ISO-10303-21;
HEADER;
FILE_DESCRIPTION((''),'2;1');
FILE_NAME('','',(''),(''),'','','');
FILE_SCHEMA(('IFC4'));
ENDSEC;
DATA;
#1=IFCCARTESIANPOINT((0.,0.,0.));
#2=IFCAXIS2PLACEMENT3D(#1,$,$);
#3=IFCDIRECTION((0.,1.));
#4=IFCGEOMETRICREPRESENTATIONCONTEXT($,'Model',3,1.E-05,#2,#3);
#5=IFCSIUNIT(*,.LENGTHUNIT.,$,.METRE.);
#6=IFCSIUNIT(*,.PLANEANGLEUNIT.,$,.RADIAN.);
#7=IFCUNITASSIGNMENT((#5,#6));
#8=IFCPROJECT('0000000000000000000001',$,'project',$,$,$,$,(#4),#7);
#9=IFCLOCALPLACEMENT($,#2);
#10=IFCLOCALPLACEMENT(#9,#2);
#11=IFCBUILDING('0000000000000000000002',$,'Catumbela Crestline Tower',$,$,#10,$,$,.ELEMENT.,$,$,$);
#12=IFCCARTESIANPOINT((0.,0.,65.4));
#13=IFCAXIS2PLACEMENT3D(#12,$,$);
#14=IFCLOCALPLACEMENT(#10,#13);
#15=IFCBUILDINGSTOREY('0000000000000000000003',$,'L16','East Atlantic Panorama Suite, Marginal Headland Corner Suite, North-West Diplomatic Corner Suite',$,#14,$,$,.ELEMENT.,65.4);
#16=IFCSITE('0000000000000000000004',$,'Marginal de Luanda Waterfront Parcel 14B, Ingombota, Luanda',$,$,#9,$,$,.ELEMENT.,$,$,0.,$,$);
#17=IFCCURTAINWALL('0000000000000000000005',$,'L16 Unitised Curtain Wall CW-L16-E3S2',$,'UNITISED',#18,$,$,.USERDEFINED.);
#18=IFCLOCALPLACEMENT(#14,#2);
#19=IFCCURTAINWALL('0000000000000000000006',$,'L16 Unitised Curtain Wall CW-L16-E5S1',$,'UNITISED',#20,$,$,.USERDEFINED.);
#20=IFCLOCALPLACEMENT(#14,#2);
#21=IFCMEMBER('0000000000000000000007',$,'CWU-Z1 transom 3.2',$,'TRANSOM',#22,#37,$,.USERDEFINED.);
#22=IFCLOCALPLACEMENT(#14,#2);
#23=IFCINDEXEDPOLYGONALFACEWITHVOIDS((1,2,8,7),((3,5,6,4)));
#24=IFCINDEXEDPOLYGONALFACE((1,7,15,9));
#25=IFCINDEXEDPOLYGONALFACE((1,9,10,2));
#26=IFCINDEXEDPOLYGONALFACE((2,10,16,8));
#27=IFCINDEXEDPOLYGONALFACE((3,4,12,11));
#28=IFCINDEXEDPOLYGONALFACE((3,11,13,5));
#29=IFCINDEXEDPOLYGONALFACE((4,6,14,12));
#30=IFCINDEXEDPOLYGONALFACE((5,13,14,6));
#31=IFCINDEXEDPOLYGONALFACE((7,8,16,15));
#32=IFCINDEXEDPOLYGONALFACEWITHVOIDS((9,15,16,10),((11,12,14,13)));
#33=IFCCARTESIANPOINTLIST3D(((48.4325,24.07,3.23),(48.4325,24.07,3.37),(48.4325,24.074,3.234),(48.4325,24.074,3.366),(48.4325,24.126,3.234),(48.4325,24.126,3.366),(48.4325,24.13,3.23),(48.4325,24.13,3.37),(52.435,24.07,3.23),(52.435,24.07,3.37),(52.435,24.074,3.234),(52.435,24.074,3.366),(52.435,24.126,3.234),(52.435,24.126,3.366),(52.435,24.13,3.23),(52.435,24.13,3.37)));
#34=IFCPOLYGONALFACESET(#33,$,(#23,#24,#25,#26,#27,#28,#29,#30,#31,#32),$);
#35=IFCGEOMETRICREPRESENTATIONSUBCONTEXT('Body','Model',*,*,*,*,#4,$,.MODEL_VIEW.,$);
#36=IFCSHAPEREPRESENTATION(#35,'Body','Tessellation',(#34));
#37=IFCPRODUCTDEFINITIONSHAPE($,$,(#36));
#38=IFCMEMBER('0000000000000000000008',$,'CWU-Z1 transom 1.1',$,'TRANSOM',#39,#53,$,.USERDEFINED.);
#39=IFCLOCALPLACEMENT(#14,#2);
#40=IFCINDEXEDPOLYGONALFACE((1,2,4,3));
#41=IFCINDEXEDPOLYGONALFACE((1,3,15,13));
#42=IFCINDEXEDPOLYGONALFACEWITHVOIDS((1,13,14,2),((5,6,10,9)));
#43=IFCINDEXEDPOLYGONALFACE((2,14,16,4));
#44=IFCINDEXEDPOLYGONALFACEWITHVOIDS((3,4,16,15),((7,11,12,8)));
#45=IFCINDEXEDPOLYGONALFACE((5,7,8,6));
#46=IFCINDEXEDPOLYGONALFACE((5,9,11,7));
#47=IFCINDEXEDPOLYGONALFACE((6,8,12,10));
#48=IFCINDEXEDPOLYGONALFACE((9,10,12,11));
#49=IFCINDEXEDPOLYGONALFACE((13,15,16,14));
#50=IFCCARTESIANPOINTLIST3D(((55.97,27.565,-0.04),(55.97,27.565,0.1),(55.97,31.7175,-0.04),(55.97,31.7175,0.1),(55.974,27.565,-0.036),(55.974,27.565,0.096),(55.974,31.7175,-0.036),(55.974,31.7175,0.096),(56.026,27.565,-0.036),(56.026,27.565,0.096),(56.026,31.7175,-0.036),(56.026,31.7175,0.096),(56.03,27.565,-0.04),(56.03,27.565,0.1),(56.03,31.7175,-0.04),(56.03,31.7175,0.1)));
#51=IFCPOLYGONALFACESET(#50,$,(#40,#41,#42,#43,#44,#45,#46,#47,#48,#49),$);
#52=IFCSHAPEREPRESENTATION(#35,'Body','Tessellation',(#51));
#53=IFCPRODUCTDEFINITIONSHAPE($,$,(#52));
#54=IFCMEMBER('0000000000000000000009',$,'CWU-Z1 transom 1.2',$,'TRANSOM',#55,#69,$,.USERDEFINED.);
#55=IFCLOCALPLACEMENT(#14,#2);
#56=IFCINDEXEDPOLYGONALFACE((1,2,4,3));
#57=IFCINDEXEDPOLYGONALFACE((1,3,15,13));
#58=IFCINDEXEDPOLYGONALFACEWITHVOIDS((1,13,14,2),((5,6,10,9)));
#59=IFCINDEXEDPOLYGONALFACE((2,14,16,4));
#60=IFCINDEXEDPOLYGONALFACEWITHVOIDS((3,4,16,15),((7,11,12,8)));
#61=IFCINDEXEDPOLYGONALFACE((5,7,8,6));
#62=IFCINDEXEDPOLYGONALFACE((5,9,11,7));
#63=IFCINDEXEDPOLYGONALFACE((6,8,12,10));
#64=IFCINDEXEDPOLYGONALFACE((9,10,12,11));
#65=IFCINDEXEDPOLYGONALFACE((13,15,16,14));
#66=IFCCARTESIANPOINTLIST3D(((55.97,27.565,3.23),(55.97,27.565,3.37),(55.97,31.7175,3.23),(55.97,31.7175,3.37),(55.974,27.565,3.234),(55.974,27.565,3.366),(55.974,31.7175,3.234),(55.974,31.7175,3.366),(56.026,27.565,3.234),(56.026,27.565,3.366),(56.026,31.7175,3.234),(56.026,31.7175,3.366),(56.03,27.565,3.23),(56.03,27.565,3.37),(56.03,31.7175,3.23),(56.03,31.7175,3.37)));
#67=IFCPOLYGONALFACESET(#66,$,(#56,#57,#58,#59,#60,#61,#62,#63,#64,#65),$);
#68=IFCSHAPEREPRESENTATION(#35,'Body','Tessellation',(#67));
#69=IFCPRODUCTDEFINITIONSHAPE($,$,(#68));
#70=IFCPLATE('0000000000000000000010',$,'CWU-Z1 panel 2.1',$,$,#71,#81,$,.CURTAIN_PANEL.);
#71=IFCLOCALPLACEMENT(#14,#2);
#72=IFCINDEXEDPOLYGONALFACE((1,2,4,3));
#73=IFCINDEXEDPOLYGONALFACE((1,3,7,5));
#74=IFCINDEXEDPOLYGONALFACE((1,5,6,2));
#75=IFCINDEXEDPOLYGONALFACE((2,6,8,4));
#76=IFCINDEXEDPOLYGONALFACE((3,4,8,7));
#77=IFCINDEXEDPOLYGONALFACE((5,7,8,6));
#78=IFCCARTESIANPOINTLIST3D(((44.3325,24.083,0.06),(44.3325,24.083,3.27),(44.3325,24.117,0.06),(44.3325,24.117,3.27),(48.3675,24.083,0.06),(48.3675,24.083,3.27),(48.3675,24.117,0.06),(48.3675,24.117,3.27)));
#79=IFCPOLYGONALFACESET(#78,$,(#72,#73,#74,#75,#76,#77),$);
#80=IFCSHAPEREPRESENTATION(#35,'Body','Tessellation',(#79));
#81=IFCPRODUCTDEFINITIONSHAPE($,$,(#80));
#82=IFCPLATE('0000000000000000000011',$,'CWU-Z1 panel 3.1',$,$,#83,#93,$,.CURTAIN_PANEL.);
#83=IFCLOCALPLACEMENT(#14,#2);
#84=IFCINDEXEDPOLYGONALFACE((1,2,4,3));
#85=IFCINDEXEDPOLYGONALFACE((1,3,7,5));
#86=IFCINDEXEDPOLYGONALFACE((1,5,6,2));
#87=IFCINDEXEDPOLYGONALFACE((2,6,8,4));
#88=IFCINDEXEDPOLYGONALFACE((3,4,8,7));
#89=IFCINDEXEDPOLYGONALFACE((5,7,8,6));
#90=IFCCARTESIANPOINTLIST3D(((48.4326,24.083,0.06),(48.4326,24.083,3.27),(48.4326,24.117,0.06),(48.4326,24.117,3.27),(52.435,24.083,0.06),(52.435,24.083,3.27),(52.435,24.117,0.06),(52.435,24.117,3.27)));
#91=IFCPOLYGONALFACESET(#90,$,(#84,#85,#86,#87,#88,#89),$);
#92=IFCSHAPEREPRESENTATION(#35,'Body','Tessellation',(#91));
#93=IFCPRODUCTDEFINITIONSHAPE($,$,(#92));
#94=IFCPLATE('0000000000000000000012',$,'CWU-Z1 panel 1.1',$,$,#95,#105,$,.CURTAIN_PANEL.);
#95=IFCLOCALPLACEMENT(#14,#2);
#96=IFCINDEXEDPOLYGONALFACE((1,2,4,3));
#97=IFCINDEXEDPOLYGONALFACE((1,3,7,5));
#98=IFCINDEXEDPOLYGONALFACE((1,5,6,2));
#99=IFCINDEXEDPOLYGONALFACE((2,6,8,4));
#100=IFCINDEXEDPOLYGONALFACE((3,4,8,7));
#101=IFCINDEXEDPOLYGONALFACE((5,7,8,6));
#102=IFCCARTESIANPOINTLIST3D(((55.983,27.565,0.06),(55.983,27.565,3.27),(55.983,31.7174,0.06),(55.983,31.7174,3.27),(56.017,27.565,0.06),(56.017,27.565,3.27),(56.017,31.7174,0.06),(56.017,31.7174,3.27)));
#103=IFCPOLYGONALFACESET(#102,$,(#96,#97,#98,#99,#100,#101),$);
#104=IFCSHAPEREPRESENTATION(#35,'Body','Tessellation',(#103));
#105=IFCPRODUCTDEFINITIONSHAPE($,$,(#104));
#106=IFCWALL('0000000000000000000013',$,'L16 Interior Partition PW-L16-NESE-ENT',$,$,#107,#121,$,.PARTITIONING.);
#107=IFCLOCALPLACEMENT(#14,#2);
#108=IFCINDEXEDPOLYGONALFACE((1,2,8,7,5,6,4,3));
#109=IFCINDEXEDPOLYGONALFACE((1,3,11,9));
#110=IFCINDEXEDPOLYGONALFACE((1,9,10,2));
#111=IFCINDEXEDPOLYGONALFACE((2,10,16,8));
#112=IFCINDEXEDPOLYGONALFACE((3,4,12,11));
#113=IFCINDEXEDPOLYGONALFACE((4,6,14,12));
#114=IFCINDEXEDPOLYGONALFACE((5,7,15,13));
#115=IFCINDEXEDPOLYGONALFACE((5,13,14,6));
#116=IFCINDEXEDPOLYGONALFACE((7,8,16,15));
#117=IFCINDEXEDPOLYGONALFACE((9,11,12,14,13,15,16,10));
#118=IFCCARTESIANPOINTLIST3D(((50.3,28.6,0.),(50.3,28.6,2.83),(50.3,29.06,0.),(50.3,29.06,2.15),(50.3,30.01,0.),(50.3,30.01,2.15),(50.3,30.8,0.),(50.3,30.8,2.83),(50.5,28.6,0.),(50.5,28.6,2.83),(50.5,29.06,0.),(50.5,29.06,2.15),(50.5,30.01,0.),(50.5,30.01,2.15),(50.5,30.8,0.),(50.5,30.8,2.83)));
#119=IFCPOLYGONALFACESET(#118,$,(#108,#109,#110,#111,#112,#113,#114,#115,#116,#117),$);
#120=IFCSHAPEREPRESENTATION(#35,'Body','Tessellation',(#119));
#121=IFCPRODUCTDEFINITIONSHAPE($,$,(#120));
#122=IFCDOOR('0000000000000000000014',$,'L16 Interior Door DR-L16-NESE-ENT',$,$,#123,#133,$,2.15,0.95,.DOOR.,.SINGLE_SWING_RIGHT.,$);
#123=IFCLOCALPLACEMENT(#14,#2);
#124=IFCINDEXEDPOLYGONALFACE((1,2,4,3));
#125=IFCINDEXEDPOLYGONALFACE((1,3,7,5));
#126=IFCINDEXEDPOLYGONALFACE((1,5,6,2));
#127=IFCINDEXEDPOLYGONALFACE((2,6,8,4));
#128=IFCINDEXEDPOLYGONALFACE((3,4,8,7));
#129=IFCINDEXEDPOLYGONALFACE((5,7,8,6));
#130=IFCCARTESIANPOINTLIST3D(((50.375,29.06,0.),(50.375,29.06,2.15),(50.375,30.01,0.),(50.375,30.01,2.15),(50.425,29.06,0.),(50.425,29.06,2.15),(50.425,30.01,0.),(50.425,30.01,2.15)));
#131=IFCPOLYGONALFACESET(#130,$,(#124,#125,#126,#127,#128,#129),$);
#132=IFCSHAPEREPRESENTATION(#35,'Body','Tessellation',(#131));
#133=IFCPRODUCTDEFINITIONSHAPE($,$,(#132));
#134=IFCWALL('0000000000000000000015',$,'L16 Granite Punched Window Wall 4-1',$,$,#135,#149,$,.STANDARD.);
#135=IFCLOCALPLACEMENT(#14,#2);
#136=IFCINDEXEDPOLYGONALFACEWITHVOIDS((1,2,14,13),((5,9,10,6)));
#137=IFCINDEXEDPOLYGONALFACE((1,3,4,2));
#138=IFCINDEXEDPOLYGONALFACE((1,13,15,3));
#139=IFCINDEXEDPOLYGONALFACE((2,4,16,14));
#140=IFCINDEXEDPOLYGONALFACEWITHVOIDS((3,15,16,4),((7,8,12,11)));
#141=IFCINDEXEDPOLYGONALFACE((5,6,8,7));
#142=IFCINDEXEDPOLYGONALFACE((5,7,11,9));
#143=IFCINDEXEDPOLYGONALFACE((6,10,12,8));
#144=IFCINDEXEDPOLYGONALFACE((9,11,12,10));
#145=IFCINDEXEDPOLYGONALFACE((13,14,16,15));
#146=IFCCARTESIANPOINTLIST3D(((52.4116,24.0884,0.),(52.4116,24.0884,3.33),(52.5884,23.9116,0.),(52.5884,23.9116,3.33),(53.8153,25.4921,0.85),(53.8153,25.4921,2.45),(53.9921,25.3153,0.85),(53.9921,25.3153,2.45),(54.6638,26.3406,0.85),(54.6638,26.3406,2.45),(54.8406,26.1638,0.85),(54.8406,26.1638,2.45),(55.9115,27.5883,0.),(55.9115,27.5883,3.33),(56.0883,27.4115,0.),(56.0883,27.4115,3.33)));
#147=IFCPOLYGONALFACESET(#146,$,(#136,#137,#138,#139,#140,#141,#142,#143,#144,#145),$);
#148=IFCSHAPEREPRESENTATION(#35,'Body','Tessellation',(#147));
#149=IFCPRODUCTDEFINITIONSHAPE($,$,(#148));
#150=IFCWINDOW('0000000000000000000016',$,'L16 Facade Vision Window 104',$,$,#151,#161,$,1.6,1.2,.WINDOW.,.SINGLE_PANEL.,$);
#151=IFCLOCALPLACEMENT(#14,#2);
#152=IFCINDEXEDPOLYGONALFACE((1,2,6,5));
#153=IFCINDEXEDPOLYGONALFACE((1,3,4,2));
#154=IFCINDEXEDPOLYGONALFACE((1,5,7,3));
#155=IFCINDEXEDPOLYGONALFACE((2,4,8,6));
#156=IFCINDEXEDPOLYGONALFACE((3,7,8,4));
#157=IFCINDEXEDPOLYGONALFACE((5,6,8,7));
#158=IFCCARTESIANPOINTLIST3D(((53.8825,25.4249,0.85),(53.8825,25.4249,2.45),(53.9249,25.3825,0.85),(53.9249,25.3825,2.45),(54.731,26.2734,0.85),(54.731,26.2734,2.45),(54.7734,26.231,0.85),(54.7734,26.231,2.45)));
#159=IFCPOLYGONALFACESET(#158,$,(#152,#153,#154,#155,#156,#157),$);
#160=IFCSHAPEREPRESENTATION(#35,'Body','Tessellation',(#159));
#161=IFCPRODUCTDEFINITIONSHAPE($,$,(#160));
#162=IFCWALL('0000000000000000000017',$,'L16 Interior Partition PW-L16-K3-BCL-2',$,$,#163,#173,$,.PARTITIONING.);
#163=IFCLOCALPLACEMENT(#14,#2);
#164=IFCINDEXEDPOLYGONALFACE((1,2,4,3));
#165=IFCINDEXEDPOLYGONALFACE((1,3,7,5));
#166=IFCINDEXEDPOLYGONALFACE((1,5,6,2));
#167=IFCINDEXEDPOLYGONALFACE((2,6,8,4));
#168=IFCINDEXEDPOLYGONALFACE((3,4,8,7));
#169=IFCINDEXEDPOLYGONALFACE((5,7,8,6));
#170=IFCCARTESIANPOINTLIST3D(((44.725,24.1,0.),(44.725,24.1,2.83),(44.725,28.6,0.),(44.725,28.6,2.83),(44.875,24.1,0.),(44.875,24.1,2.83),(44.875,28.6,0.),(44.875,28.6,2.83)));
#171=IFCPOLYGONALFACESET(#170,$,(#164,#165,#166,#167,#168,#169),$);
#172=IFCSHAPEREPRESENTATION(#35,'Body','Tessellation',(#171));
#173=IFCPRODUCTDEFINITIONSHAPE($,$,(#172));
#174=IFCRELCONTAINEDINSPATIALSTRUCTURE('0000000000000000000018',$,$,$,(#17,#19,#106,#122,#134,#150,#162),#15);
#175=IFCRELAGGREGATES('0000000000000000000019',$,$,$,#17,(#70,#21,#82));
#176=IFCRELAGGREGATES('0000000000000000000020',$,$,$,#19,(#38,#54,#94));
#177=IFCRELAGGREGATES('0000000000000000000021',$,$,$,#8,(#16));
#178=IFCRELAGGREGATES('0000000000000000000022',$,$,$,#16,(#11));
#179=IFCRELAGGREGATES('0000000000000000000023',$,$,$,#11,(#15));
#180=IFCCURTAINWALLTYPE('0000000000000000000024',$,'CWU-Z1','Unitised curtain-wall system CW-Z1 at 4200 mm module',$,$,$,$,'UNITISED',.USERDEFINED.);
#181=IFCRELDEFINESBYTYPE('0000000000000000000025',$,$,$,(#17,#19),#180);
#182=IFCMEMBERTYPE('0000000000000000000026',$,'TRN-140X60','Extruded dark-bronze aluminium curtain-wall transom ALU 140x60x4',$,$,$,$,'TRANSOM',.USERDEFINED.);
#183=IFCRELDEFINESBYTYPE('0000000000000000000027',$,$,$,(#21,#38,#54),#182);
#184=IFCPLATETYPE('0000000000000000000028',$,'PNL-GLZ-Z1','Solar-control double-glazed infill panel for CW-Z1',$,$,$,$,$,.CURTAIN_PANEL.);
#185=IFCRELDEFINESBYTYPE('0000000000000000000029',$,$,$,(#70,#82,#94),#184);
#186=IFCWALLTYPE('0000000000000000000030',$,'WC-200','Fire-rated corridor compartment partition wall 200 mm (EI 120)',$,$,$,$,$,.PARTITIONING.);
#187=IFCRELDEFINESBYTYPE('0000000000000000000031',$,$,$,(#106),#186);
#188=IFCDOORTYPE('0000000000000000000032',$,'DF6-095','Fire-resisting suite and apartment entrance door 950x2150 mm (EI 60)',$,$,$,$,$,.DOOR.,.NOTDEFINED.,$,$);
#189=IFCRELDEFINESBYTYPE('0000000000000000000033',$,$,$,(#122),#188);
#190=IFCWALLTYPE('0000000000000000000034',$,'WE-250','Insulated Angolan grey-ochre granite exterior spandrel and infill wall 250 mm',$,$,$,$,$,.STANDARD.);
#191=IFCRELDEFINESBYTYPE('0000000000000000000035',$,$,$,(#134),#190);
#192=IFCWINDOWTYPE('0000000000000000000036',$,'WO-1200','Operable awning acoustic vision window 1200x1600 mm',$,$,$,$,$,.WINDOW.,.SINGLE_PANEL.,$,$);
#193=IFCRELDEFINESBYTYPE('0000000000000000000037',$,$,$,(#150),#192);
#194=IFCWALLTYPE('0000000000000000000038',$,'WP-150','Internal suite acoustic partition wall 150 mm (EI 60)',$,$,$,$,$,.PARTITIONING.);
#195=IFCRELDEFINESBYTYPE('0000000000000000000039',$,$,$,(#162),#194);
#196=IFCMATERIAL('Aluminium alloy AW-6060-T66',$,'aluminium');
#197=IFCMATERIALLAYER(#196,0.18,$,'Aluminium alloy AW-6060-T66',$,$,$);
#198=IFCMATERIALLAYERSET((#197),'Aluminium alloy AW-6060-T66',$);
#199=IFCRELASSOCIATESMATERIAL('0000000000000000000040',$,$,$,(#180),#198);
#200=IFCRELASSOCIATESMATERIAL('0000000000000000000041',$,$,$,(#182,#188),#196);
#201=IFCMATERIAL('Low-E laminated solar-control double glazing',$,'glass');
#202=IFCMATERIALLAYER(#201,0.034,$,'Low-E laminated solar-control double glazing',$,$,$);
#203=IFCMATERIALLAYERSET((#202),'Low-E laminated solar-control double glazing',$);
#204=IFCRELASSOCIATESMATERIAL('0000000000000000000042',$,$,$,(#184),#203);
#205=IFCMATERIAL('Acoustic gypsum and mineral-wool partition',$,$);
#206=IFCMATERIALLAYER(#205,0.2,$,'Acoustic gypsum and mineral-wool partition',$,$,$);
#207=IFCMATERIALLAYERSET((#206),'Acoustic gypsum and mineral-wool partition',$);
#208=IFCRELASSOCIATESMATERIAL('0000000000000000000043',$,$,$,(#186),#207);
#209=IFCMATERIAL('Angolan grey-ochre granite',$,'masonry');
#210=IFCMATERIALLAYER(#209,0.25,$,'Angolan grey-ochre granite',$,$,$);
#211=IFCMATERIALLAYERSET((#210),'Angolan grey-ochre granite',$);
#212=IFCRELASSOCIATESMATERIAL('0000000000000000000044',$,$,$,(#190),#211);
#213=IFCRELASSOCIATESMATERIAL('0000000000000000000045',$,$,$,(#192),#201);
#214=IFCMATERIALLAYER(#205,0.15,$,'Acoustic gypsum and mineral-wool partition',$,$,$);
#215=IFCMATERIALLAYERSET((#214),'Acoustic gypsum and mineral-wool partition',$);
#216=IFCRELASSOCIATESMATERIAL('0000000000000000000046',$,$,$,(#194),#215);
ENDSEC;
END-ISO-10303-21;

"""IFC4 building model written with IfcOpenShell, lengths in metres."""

from ifc_helpers import new_model, si_unit, direction, frame, frame_2d, origin, origin_2d, place, context, subcontext, project, spatial, rectangle, hollow_rectangle, extrude, material, layer, layer_set, material_profile, profile_set, type_object, element, fill, aggregate, save


model = new_model("IFC4")

# Units and contexts
model_context = context("Model", 3, precision=1e-05, world=origin(), true_north=direction((0.0, 1.0)))
body_context = subcontext(model_context, "Body", "Model", "MODEL_VIEW")
ifc_project = project(units=[si_unit("LENGTHUNIT", "METRE"), si_unit("PLANEANGLEUNIT", "RADIAN")], contexts=[model_context])

# Site, building, storey
site_placement = place(None, origin())
site = spatial("IfcSite", under=ifc_project, at=site_placement, Name="Marginal de Luanda Waterfront Parcel 14B, Ingombota, Luanda", CompositionType="ELEMENT", RefElevation=0.0)
building_placement = place(site_placement, origin())
building = spatial("IfcBuilding", under=site, at=building_placement, Name="Catumbela Crestline Tower", CompositionType="ELEMENT")
storey_placement = place(building_placement, frame((0.0, 0.0, 65.4)))
storey = spatial("IfcBuildingStorey", under=building, at=storey_placement, Name="L16", Description="East Atlantic Panorama Suite, Marginal Headland Corner Suite, North-West Diplomatic Corner Suite", CompositionType="ELEMENT", Elevation=65.4)

# Curtain wall
ifc_material_1 = material(Name="Aluminium alloy AW-6060-T66", Category="aluminium")
ifc_layer_1 = layer(ifc_material_1, 0.18, Name="Aluminium alloy AW-6060-T66")
ifc_layer_set_1 = layer_set([ifc_layer_1], Name="Aluminium alloy AW-6060-T66")
curtain_wall_type = type_object("IfcCurtainWallType", Name="CWU-Z1", Description="Unitised curtain-wall system CW-Z1 at 4200 mm module", ElementType="UNITISED", PredefinedType="USERDEFINED", material=ifc_layer_set_1)
curtain_wall_1_placement = place(storey_placement, origin())
curtain_wall_1 = element("IfcCurtainWall", 1, at=curtain_wall_1_placement, inside=storey, type_object=curtain_wall_type, Name="L16 Unitised Curtain Wall CW-L16-E3S2", ObjectType="UNITISED", PredefinedType="USERDEFINED")

# Curtain wall
curtain_wall_2_placement = place(storey_placement, origin())
curtain_wall_2 = element("IfcCurtainWall", 2, at=curtain_wall_2_placement, inside=storey, type_object=curtain_wall_type, Name="L16 Unitised Curtain Wall CW-L16-E5S1", ObjectType="UNITISED", PredefinedType="USERDEFINED")

# Members
ifc_material_profile_1 = material_profile(ifc_material_1, hollow_rectangle(XDim=0.06, YDim=0.14, WallThickness=0.004, at=origin_2d()), Name="ALU 140x60x4")
ifc_profile_set_1 = profile_set([ifc_material_profile_1], Name="Aluminium alloy AW-6060-T66")
member_type_1 = type_object("IfcMemberType", Name="TRN-140X60", Description="Extruded dark-bronze aluminium curtain-wall transom ALU 140x60x4", ElementType="TRANSOM", PredefinedType="USERDEFINED", material=ifc_profile_set_1)
member_1_placement = place(storey_placement, frame((48.4325, 24.1, 3.3), z_axis=(1.0, 0.0, 0.0), x_axis=(0.0, 1.0, 0.0)))
member_1 = element("IfcMember", 3, at=member_1_placement, type_object=member_type_1, Name="CWU-Z1 transom 3.2", ObjectType="TRANSOM", PredefinedType="USERDEFINED", context=body_context, shape_type="SweptSolid", body=[
    extrude(hollow_rectangle(XDim=0.06, YDim=0.14, WallThickness=0.004, at=origin_2d()), origin(), (0.0, 0.0, 1.0), 4.0025),
])
member_2_placement = place(storey_placement, frame((56.0, 27.565, 0.03), z_axis=(0.0, 1.0, 0.0), x_axis=(-1.0, 0.0, 0.0)))
member_2 = element("IfcMember", 4, at=member_2_placement, type_object=member_type_1, Name="CWU-Z1 transom 1.1", ObjectType="TRANSOM", PredefinedType="USERDEFINED", context=body_context, shape_type="SweptSolid", body=[
    extrude(hollow_rectangle(XDim=0.06, YDim=0.14, WallThickness=0.004, at=origin_2d()), origin(), (0.0, 0.0, 1.0), 4.1525),
])
member_3_placement = place(storey_placement, frame((56.0, 27.565, 3.3), z_axis=(0.0, 1.0, 0.0), x_axis=(-1.0, 0.0, 0.0)))
member_3 = element("IfcMember", 5, at=member_3_placement, type_object=member_type_1, Name="CWU-Z1 transom 1.2", ObjectType="TRANSOM", PredefinedType="USERDEFINED", context=body_context, shape_type="SweptSolid", body=[
    extrude(hollow_rectangle(XDim=0.06, YDim=0.14, WallThickness=0.004, at=origin_2d()), origin(), (0.0, 0.0, 1.0), 4.1525),
])

# Plates
ifc_material_2 = material(Name="Low-E laminated solar-control double glazing", Category="glass")
ifc_layer_2 = layer(ifc_material_2, 0.034, Name="Low-E laminated solar-control double glazing")
ifc_layer_set_2 = layer_set([ifc_layer_2], Name="Low-E laminated solar-control double glazing")
plate_type = type_object("IfcPlateType", Name="PNL-GLZ-Z1", Description="Solar-control double-glazed infill panel for CW-Z1", PredefinedType="CURTAIN_PANEL", material=ifc_layer_set_2)
plate_1_placement = place(storey_placement, frame((46.35, 24.1, 0.06), z_axis=(0.0, 0.0, 1.0), x_axis=(1.0, 0.0, 0.0)))
plate_1 = element("IfcPlate", 6, at=plate_1_placement, type_object=plate_type, Name="CWU-Z1 panel 2.1", PredefinedType="CURTAIN_PANEL", context=body_context, shape_type="SweptSolid", body=[
    extrude(rectangle(XDim=4.035, YDim=0.034, at=origin_2d()), origin(), (0.0, 0.0, 1.0), 3.21),
])
plate_2_placement = place(storey_placement, frame((50.4338, 24.1, 0.06), z_axis=(0.0, 0.0, 1.0), x_axis=(1.0, 0.0, 0.0)))
plate_2 = element("IfcPlate", 7, at=plate_2_placement, type_object=plate_type, Name="CWU-Z1 panel 3.1", PredefinedType="CURTAIN_PANEL", context=body_context, shape_type="SweptSolid", body=[
    extrude(rectangle(XDim=4.0025, YDim=0.034, at=origin_2d()), origin(), (0.0, 0.0, 1.0), 3.21),
])
aggregate(curtain_wall_1, [plate_1, member_1, plate_2])
plate_3_placement = place(storey_placement, frame((56.0, 29.6412, 0.06), z_axis=(0.0, 0.0, 1.0), x_axis=(0.0, 1.0, 0.0)))
plate_3 = element("IfcPlate", 8, at=plate_3_placement, type_object=plate_type, Name="CWU-Z1 panel 1.1", PredefinedType="CURTAIN_PANEL", context=body_context, shape_type="SweptSolid", body=[
    extrude(rectangle(XDim=4.1525, YDim=0.034, at=origin_2d()), origin(), (0.0, 0.0, 1.0), 3.21),
])
aggregate(curtain_wall_2, [member_2, member_3, plate_3])

# Wall, opening, door
ifc_material_3 = material(Name="Acoustic gypsum and mineral-wool partition")
ifc_layer_3 = layer(ifc_material_3, 0.2, Name="Acoustic gypsum and mineral-wool partition")
ifc_layer_set_3 = layer_set([ifc_layer_3], Name="Acoustic gypsum and mineral-wool partition")
wall_type_1 = type_object("IfcWallType", Name="WC-200", Description="Fire-rated corridor compartment partition wall 200 mm (EI 120)", PredefinedType="PARTITIONING", material=ifc_layer_set_3)
wall_1_placement = place(storey_placement, frame((50.4, 28.6, 0.0), z_axis=(0.0, 0.0, 1.0), x_axis=(0.0, 1.0, 0.0)))
wall_1 = element("IfcWall", 9, at=wall_1_placement, inside=storey, type_object=wall_type_1, Name="L16 Interior Partition PW-L16-NESE-ENT", PredefinedType="PARTITIONING", context=body_context, shape_type="SweptSolid", body=[
    extrude(rectangle(XDim=2.2, YDim=0.2, at=frame_2d((1.1, 0.0))), origin(), (0.0, 0.0, 1.0), 2.83),
])
opening_1_placement = place(wall_1_placement, frame((0.46, 0.0, 0.0)))
opening_1 = element("IfcOpeningElement", 10, at=opening_1_placement, cuts=wall_1, PredefinedType="OPENING", context=body_context, shape_type="SweptSolid", body=[
    extrude(rectangle(XDim=0.95, YDim=2.15, at=frame_2d((0.475, 1.075))), frame((0.0, 0.11, 0.0), z_axis=(0.0, -1.0, 0.0), x_axis=(1.0, 0.0, 0.0)), (0.0, 0.0, 1.0), 0.22),
])
door_type_1 = type_object("IfcDoorType", Name="DF6-095", Description="Fire-resisting suite and apartment entrance door 950x2150 mm (EI 60)", OperationType="NOTDEFINED", PredefinedType="DOOR", material=ifc_material_1)
door_1_placement = place(opening_1_placement, origin())
door_1 = element("IfcDoor", 11, at=door_1_placement, inside=storey, type_object=door_type_1, Name="L16 Interior Door DR-L16-NESE-ENT", OperationType="SINGLE_SWING_RIGHT", OverallHeight=2.15, OverallWidth=0.95, PredefinedType="DOOR", context=body_context, shape_type="SweptSolid", body=[
    extrude(rectangle(XDim=0.95, YDim=2.15, at=frame_2d((0.475, 1.075))), frame((0.0, 0.025, 0.0), z_axis=(0.0, -1.0, 0.0), x_axis=(1.0, 0.0, 0.0)), (0.0, 0.0, 1.0), 0.05),
])
fill(opening_1, door_1)

# Wall, opening, window
ifc_material_4 = material(Name="Angolan grey-ochre granite", Category="masonry")
ifc_layer_4 = layer(ifc_material_4, 0.25, Name="Angolan grey-ochre granite")
ifc_layer_set_4 = layer_set([ifc_layer_4], Name="Angolan grey-ochre granite")
wall_type_2 = type_object("IfcWallType", Name="WE-250", Description="Insulated Angolan grey-ochre granite exterior spandrel and infill wall 250 mm", PredefinedType="STANDARD", material=ifc_layer_set_4)
wall_2_placement = place(storey_placement, frame((52.5, 24.0, 0.0), z_axis=(0.0, 0.0, 1.0), x_axis=(0.707107, 0.707107, 0.0)))
wall_2 = element("IfcWall", 12, at=wall_2_placement, inside=storey, type_object=wall_type_2, Name="L16 Granite Punched Window Wall 4-1", PredefinedType="STANDARD", context=body_context, shape_type="SweptSolid", body=[
    extrude(rectangle(XDim=4.9497, YDim=0.25, at=frame_2d((2.4748, 0.0))), origin(), (0.0, 0.0, 1.0), 3.33),
])
opening_2_placement = place(wall_2_placement, frame((1.9851, 0.0, 0.85)))
opening_2 = element("IfcOpeningElement", 13, at=opening_2_placement, cuts=wall_2, PredefinedType="OPENING", context=body_context, shape_type="SweptSolid", body=[
    extrude(rectangle(XDim=1.2, YDim=1.6, at=frame_2d((0.6, 0.8))), frame((0.0, 0.135, 0.0), z_axis=(0.0, -1.0, 0.0), x_axis=(1.0, 0.0, 0.0)), (0.0, 0.0, 1.0), 0.27),
])
window_type = type_object("IfcWindowType", Name="WO-1200", Description="Operable awning acoustic vision window 1200x1600 mm", PartitioningType="SINGLE_PANEL", PredefinedType="WINDOW", material=ifc_material_2)
window_placement = place(opening_2_placement, origin())
window = element("IfcWindow", 14, at=window_placement, inside=storey, type_object=window_type, Name="L16 Facade Vision Window 104", OverallHeight=1.6, OverallWidth=1.2, PartitioningType="SINGLE_PANEL", PredefinedType="WINDOW", context=body_context, shape_type="SweptSolid", body=[
    extrude(rectangle(XDim=1.2, YDim=1.6, at=frame_2d((0.6, 0.8))), frame((0.0, 0.03, 0.0), z_axis=(0.0, -1.0, 0.0), x_axis=(1.0, 0.0, 0.0)), (0.0, 0.0, 1.0), 0.06),
])
fill(opening_2, window)

# Wall
ifc_layer_5 = layer(ifc_material_3, 0.15, Name="Acoustic gypsum and mineral-wool partition")
ifc_layer_set_5 = layer_set([ifc_layer_5], Name="Acoustic gypsum and mineral-wool partition")
wall_type_3 = type_object("IfcWallType", Name="WP-150", Description="Internal suite acoustic partition wall 150 mm (EI 60)", PredefinedType="PARTITIONING", material=ifc_layer_set_5)
wall_3_placement = place(storey_placement, frame((44.8, 28.6, 0.0), z_axis=(0.0, 0.0, 1.0), x_axis=(0.0, -1.0, 0.0)))
element("IfcWall", 15, at=wall_3_placement, inside=storey, type_object=wall_type_3, Name="L16 Interior Partition PW-L16-K3-BCL-2", PredefinedType="PARTITIONING", context=body_context, shape_type="SweptSolid", body=[
    extrude(rectangle(XDim=4.5, YDim=0.15, at=frame_2d((2.25, 0.0))), origin(), (0.0, 0.0, 1.0), 2.83),
])

save(model, "model.ifc")
